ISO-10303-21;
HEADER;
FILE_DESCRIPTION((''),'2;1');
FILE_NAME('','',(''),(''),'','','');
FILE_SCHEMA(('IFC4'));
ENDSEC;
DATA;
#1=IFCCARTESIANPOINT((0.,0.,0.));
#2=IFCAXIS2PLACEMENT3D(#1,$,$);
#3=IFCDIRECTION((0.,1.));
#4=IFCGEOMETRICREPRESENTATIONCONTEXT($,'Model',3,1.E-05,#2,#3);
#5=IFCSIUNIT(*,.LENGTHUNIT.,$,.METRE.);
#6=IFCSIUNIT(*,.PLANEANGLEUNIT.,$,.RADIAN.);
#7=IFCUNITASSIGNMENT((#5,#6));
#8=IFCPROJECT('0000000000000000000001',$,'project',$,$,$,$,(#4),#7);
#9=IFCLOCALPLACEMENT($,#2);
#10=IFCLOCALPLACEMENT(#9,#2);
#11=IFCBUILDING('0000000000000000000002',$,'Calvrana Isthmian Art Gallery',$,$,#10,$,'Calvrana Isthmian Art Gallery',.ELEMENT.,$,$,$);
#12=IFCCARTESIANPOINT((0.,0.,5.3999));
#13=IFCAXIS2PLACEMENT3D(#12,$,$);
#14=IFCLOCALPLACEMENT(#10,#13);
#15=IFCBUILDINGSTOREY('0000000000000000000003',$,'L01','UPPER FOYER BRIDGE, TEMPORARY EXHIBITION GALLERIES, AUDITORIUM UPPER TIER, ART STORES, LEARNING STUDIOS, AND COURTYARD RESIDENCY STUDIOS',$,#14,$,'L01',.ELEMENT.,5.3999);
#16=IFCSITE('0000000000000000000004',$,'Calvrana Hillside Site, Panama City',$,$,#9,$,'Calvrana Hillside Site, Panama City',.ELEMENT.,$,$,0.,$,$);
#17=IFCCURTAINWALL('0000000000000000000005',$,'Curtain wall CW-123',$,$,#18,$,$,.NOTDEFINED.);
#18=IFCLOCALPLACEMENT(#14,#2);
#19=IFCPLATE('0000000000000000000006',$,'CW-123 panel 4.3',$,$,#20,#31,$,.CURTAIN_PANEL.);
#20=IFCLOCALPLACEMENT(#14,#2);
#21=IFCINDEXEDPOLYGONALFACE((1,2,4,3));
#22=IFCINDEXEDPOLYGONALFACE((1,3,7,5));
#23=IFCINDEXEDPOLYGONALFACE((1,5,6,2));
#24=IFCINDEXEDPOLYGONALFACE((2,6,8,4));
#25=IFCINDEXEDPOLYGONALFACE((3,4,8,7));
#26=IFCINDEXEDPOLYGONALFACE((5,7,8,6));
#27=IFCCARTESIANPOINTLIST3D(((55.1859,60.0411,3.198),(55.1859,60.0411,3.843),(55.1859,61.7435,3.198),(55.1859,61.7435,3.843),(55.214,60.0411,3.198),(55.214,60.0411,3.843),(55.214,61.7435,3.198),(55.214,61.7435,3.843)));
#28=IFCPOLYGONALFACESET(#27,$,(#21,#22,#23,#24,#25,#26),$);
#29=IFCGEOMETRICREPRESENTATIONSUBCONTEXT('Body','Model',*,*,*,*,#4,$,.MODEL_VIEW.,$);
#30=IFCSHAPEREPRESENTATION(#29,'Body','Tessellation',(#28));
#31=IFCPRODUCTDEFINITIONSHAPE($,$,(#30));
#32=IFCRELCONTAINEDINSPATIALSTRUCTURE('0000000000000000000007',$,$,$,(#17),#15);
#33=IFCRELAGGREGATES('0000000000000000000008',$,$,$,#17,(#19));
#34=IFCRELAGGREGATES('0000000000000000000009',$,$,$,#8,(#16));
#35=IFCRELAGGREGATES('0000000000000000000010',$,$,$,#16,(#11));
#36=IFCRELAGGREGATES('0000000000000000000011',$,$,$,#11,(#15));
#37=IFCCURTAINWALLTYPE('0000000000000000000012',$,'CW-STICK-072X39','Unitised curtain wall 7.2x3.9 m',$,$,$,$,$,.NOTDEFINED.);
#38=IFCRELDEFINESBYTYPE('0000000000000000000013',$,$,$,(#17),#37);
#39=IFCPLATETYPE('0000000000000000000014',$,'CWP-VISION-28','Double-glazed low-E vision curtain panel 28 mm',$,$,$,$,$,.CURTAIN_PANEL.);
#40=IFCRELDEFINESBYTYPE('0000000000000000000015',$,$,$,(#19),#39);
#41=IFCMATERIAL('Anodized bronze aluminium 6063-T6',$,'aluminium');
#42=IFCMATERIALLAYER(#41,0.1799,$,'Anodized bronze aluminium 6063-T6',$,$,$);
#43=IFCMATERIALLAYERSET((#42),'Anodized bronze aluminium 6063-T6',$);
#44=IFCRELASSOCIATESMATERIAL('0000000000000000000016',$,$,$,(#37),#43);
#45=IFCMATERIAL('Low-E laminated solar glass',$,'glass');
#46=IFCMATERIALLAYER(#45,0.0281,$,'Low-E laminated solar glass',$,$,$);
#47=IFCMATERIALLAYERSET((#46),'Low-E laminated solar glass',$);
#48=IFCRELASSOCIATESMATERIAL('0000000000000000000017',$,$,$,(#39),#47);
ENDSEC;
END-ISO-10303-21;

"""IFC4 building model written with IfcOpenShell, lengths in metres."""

from ifc_helpers import new_model, si_unit, direction, frame, origin, origin_2d, place, context, subcontext, project, spatial, rectangle, extrude, material, layer, layer_set, type_object, element, aggregate, save


model = new_model("IFC4")

# Units and contexts
model_context = context("Model", 3, precision=1e-05, world=origin(), true_north=direction((0.0, 1.0)))
body_context = subcontext(model_context, "Body", "Model", "MODEL_VIEW")
ifc_project = project(units=[si_unit("LENGTHUNIT", "METRE"), si_unit("PLANEANGLEUNIT", "RADIAN")], contexts=[model_context])

# Site, building, storey
site_placement = place(None, origin())
site = spatial("IfcSite", under=ifc_project, at=site_placement, Name="Calvrana Hillside Site, Panama City", LongName="Calvrana Hillside Site, Panama City", CompositionType="ELEMENT", RefElevation=0.0)
building_placement = place(site_placement, origin())
building = spatial("IfcBuilding", under=site, at=building_placement, Name="Calvrana Isthmian Art Gallery", LongName="Calvrana Isthmian Art Gallery", CompositionType="ELEMENT")
storey_placement = place(building_placement, frame((0.0, 0.0, 5.3999)))
storey = spatial("IfcBuildingStorey", under=building, at=storey_placement, Name="L01", Description="UPPER FOYER BRIDGE, TEMPORARY EXHIBITION GALLERIES, AUDITORIUM UPPER TIER, ART STORES, LEARNING STUDIOS, AND COURTYARD RESIDENCY STUDIOS", LongName="L01", CompositionType="ELEMENT", Elevation=5.3999)

# Curtain wall, plate
ifc_material_1 = material(Name="Anodized bronze aluminium 6063-T6", Category="aluminium")
ifc_layer_1 = layer(ifc_material_1, 0.1799, Name="Anodized bronze aluminium 6063-T6")
ifc_layer_set_1 = layer_set([ifc_layer_1], Name="Anodized bronze aluminium 6063-T6")
curtain_wall_type = type_object("IfcCurtainWallType", Name="CW-STICK-072X39", Description="Unitised curtain wall 7.2x3.9 m", PredefinedType="NOTDEFINED", material=ifc_layer_set_1)
curtain_wall_placement = place(storey_placement, origin())
curtain_wall = element("IfcCurtainWall", 1, at=curtain_wall_placement, inside=storey, type_object=curtain_wall_type, Name="Curtain wall CW-123", PredefinedType="NOTDEFINED")
ifc_material_2 = material(Name="Low-E laminated solar glass", Category="glass")
ifc_layer_2 = layer(ifc_material_2, 0.0281, Name="Low-E laminated solar glass")
ifc_layer_set_2 = layer_set([ifc_layer_2], Name="Low-E laminated solar glass")
plate_type = type_object("IfcPlateType", Name="CWP-VISION-28", Description="Double-glazed low-E vision curtain panel 28 mm", PredefinedType="CURTAIN_PANEL", material=ifc_layer_set_2)
plate_1_placement = place(storey_placement, frame((55.2, 60.8923, 3.198), z_axis=(0.0, 0.0, 1.0), x_axis=(0.0, 1.0, 0.0)))
plate_1 = element("IfcPlate", 2, at=plate_1_placement, type_object=plate_type, Name="CW-123 panel 4.3", PredefinedType="CURTAIN_PANEL", context=body_context, shape_type="SweptSolid", body=[
    extrude(rectangle(XDim=1.7024, YDim=0.0281, at=origin_2d()), origin(), (0.0, 0.0, 1.0), 0.645),
])
aggregate(curtain_wall, [plate_1])

save(model, "model.ifc")
